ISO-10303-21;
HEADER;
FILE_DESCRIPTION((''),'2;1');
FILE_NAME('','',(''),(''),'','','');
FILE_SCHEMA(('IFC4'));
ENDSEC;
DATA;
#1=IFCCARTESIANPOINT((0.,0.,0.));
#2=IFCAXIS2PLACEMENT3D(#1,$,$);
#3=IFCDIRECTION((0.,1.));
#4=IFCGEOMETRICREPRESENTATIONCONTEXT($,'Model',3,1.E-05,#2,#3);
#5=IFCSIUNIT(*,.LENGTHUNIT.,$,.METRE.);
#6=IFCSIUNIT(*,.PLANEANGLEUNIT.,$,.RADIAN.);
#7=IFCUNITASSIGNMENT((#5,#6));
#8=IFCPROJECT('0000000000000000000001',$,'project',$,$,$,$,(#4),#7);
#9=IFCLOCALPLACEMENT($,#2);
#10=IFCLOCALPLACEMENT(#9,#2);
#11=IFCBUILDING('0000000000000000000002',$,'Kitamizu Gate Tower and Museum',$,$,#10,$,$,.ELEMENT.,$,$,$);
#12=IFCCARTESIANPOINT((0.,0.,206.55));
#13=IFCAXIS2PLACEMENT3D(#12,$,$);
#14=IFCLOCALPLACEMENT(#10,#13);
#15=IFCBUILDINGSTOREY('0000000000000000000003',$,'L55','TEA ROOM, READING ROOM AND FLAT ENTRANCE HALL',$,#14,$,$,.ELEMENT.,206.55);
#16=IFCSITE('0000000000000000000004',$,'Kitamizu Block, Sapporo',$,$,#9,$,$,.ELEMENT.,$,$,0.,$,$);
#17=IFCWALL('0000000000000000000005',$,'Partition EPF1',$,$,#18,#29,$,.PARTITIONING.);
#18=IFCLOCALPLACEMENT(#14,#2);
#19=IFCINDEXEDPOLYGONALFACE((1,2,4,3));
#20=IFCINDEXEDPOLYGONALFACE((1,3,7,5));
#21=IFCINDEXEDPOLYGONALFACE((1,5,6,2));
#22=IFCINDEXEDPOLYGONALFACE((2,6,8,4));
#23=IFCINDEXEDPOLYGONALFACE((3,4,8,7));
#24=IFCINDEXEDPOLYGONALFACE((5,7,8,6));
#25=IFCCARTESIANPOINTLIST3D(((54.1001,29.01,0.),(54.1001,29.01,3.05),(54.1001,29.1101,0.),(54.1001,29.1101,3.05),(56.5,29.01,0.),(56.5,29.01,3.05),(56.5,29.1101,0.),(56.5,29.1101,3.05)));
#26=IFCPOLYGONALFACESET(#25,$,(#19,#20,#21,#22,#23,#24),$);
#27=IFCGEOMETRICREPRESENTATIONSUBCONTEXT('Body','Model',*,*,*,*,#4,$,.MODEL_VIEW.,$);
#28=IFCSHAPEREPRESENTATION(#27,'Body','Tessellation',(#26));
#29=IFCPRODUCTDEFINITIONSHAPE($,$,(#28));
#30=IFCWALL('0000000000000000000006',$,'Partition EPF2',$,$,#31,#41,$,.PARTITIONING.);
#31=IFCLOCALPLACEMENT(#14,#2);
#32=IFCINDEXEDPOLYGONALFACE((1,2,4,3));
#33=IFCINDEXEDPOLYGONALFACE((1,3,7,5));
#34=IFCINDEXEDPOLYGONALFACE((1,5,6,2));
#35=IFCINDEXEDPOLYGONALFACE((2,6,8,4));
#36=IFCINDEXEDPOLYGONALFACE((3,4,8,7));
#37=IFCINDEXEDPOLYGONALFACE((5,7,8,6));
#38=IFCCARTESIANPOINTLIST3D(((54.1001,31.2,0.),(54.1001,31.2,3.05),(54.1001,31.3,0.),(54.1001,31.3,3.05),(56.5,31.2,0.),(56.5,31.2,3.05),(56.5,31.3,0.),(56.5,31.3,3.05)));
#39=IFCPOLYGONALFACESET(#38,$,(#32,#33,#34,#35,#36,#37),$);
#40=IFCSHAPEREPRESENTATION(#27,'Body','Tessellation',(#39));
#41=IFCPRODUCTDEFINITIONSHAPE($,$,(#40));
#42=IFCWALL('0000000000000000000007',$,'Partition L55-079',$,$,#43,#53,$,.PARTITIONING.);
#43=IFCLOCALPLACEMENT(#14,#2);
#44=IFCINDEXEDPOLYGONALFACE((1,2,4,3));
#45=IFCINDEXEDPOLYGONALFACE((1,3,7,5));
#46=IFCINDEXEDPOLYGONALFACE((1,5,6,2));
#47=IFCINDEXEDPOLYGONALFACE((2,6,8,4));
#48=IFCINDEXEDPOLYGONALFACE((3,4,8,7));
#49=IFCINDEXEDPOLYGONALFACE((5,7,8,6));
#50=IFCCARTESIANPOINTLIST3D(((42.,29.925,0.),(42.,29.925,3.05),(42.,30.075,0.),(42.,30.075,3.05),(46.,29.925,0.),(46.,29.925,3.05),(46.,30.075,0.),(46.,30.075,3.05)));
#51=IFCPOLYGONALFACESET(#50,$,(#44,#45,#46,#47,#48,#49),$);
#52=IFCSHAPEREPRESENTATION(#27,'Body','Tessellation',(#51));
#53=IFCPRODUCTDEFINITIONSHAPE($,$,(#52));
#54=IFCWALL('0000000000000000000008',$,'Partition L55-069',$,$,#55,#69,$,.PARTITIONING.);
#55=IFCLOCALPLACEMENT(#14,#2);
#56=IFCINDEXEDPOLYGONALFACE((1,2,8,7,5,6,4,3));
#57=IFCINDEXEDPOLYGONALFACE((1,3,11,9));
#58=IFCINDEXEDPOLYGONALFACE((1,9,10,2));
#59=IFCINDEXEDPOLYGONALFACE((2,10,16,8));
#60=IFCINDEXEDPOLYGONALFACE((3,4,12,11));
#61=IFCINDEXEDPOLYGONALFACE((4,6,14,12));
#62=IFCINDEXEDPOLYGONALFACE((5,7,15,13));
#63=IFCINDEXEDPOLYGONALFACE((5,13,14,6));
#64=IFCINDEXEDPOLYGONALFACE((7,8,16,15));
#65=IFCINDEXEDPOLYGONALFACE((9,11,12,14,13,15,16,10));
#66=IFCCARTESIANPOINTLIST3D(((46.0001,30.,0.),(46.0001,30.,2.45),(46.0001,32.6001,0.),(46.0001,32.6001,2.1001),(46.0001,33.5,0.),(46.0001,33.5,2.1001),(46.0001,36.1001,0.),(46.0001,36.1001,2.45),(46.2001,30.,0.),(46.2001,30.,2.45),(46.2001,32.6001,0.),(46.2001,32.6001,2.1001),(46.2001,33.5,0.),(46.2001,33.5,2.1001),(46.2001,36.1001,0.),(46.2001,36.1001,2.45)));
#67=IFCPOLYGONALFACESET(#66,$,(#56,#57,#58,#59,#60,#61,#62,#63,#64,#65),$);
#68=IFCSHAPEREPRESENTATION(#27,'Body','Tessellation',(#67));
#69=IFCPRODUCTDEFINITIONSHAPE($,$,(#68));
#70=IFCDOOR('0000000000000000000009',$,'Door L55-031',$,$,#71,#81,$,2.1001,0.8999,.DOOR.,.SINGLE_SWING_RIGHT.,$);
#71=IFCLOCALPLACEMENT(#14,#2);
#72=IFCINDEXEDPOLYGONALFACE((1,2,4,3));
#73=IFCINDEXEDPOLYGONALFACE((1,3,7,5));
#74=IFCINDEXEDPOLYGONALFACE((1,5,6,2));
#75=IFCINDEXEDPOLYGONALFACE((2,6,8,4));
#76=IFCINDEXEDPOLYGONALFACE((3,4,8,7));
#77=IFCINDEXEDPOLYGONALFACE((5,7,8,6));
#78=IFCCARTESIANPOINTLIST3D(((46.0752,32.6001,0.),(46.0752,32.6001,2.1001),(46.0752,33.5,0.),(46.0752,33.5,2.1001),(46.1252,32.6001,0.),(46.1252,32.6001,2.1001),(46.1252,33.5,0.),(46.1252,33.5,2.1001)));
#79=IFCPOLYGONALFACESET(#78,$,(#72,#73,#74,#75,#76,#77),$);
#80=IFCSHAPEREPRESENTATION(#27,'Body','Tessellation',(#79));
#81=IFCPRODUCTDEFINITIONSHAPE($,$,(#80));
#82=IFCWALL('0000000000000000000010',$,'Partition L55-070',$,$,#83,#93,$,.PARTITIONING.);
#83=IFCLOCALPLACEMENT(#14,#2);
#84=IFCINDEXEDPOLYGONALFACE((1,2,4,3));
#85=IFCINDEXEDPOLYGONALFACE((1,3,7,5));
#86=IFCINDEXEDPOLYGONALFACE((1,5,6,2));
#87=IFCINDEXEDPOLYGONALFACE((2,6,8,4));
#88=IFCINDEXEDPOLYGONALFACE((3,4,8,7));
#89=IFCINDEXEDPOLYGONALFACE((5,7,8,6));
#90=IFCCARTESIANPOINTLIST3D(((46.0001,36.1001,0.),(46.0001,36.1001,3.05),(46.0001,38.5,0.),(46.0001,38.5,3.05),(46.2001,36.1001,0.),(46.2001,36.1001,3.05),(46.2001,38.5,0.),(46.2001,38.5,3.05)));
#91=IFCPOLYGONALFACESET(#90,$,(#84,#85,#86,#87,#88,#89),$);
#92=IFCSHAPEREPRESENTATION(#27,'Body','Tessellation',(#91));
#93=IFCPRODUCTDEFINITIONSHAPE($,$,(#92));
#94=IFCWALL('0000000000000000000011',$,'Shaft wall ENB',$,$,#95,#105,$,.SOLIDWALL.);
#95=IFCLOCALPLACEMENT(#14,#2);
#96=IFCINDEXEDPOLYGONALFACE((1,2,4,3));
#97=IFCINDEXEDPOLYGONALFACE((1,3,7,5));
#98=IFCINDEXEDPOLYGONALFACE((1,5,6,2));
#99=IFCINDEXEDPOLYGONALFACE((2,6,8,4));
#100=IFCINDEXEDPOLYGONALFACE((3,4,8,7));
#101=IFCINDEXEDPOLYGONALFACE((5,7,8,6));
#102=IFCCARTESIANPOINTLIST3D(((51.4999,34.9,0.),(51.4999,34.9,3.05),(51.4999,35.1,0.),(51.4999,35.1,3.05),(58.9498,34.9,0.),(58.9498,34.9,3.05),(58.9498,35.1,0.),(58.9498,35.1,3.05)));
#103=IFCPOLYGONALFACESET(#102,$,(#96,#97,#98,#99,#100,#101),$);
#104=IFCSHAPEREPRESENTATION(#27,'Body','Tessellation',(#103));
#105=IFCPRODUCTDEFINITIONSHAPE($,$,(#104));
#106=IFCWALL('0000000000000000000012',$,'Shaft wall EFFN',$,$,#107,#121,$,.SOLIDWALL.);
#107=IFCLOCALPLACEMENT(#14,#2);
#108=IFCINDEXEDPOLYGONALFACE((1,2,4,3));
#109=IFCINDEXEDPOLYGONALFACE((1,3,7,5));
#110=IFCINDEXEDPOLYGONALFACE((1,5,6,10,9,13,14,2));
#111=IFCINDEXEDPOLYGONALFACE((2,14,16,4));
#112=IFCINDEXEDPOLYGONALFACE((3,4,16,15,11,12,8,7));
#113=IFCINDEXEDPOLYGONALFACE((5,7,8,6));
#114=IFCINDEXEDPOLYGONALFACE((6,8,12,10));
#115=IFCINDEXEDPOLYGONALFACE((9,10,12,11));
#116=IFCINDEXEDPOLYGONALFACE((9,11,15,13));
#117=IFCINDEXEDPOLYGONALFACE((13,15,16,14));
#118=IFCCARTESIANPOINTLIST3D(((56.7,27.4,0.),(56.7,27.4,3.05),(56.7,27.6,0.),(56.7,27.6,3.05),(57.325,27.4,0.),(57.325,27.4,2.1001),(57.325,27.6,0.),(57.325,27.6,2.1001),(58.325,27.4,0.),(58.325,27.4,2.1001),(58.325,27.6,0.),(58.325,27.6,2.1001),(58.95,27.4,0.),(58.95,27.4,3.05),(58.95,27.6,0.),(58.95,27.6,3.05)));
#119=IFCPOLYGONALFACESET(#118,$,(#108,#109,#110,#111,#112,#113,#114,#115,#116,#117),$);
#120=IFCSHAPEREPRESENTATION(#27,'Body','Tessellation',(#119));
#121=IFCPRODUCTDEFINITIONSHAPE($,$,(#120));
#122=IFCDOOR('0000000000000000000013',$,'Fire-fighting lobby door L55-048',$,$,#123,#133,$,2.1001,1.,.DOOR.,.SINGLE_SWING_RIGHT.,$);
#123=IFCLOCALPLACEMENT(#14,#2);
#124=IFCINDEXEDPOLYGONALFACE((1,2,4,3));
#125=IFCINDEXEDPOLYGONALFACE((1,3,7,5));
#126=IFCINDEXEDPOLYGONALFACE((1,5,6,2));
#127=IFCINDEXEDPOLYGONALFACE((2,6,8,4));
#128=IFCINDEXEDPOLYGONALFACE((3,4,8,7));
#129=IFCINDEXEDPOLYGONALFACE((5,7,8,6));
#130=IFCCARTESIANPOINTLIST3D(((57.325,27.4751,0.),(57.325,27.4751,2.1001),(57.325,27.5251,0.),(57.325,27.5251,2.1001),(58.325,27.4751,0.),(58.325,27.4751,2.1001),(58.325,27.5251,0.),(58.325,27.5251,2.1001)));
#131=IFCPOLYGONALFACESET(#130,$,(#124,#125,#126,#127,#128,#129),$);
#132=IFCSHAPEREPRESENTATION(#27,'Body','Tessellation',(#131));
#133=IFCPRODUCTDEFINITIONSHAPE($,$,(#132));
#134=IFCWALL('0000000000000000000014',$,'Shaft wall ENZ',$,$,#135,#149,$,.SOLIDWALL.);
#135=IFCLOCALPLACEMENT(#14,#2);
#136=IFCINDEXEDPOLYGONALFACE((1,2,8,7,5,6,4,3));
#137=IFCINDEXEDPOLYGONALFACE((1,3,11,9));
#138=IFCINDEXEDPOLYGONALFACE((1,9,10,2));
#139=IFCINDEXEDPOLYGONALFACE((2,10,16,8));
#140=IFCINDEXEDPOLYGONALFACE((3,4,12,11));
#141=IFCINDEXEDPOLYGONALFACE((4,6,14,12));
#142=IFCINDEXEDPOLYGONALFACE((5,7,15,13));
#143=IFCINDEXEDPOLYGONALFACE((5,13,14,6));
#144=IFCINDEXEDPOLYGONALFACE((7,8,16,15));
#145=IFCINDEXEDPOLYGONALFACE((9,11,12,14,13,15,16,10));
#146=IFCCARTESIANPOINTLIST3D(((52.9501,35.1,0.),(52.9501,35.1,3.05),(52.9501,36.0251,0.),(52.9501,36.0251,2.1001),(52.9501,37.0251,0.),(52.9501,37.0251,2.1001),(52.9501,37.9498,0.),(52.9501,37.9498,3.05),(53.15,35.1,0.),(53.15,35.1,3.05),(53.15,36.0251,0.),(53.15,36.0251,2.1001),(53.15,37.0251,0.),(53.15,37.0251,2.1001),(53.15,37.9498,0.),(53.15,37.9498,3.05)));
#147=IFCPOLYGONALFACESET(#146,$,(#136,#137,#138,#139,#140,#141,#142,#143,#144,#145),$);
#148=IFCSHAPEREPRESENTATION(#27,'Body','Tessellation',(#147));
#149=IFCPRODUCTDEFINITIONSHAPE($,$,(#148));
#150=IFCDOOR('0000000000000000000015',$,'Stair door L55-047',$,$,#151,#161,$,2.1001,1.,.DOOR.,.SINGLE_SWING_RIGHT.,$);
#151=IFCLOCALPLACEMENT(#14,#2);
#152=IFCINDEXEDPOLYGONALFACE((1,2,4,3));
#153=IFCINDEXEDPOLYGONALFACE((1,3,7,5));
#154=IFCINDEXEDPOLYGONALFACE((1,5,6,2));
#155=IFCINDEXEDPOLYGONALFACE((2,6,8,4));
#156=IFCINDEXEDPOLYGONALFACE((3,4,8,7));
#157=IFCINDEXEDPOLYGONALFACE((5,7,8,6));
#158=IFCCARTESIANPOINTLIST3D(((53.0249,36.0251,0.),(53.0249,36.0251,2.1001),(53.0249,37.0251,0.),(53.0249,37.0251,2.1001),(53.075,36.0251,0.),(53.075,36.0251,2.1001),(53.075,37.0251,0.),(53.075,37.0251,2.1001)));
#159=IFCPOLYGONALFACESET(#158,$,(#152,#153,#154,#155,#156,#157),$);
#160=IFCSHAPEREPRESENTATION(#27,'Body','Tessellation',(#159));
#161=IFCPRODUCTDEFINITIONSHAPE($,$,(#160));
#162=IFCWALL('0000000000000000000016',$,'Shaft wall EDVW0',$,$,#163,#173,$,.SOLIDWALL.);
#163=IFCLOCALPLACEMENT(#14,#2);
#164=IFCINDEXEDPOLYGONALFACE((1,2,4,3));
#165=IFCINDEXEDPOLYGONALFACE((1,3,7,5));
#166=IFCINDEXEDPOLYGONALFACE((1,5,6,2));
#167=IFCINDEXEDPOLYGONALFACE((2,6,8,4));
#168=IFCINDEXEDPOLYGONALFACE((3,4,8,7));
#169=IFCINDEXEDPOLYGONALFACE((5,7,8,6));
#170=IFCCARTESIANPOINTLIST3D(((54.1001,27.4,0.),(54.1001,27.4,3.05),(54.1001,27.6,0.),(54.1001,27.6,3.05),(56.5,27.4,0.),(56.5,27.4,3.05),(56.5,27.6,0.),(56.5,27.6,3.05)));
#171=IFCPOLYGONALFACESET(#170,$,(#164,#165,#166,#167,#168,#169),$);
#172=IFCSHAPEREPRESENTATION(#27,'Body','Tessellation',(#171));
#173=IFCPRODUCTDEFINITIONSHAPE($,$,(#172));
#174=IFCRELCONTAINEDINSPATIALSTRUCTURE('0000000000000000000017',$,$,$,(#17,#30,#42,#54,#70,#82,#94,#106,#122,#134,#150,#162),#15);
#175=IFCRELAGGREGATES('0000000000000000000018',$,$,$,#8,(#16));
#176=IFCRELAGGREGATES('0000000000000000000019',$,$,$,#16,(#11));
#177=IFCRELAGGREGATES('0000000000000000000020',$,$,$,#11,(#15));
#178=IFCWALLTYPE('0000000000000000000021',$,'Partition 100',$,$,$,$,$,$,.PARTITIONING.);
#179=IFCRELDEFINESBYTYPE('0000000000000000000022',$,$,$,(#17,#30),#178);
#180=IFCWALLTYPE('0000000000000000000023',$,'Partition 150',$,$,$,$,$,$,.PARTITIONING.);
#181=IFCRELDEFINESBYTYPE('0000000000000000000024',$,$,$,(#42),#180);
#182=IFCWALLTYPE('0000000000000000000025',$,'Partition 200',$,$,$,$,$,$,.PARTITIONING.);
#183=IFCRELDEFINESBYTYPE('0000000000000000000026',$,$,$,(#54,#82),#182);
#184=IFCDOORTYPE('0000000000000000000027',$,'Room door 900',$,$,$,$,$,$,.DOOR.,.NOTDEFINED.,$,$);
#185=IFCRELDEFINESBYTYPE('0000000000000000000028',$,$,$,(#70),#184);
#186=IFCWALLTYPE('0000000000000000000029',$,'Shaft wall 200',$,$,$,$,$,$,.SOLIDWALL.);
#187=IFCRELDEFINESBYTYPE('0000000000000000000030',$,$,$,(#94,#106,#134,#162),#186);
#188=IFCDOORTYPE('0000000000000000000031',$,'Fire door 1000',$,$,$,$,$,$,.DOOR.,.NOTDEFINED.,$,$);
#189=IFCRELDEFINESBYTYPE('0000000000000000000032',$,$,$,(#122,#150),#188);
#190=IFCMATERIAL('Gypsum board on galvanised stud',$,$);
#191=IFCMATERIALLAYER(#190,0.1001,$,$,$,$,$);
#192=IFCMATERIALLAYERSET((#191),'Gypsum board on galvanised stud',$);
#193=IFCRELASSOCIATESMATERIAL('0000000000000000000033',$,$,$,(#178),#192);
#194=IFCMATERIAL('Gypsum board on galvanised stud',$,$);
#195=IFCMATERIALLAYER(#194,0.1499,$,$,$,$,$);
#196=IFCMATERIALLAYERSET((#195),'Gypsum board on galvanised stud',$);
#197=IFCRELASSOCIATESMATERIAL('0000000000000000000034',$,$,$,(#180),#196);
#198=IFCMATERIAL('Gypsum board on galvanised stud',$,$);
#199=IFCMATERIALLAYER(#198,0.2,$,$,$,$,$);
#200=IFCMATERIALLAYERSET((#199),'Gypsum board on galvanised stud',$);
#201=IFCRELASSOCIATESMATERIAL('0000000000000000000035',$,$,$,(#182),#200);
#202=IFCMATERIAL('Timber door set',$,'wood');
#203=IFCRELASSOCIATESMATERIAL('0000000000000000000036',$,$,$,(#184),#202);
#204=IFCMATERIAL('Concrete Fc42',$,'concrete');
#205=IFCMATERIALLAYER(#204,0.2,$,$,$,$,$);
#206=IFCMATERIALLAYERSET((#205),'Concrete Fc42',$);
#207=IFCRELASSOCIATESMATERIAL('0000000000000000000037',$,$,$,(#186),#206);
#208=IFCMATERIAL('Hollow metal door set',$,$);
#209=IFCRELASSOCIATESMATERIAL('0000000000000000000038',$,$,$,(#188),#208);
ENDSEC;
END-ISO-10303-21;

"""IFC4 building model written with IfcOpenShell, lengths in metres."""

from ifc_helpers import new_model, si_unit, direction, frame, frame_2d, origin, place, context, subcontext, project, spatial, rectangle, extrude, material, layer, layer_set, type_object, element, fill, save


model = new_model("IFC4")

# Units and contexts
model_context = context("Model", 3, precision=1e-05, world=origin(), true_north=direction((0.0, 1.0)))
body_context = subcontext(model_context, "Body", "Model", "MODEL_VIEW")
ifc_project = project(units=[si_unit("LENGTHUNIT", "METRE"), si_unit("PLANEANGLEUNIT", "RADIAN")], contexts=[model_context])

# Site, building, storey
site_placement = place(None, origin())
site = spatial("IfcSite", under=ifc_project, at=site_placement, Name="Kitamizu Block, Sapporo", CompositionType="ELEMENT", RefElevation=0.0)
building_placement = place(site_placement, origin())
building = spatial("IfcBuilding", under=site, at=building_placement, Name="Kitamizu Gate Tower and Museum", CompositionType="ELEMENT")
storey_placement = place(building_placement, frame((0.0, 0.0, 206.55)))
storey = spatial("IfcBuildingStorey", under=building, at=storey_placement, Name="L55", Description="TEA ROOM, READING ROOM AND FLAT ENTRANCE HALL", CompositionType="ELEMENT", Elevation=206.55)

# Walls
ifc_material_1 = material(Name="Gypsum board on galvanised stud")
ifc_layer_1 = layer(ifc_material_1, 0.1001)
ifc_layer_set_1 = layer_set([ifc_layer_1], Name="Gypsum board on galvanised stud")
wall_type_1 = type_object("IfcWallType", Name="Partition 100", PredefinedType="PARTITIONING", material=ifc_layer_set_1)
for number, where, z_axis, x_axis, name in (
    (1, (56.5, 29.0601, 0.0), (0.0, 0.0, 1.0), (-1.0, 0.0, 0.0), "Partition EPF1"),
    (2, (56.5, 31.25, 0.0), (0.0, 0.0, 1.0), (-1.0, 0.0, 0.0), "Partition EPF2"),
):
    element("IfcWall", number, at=place(storey_placement, frame(where, z_axis=z_axis, x_axis=x_axis)), inside=storey, type_object=wall_type_1, Name=name, PredefinedType="PARTITIONING", context=body_context, shape_type="SweptSolid", body=[
        extrude(rectangle(XDim=2.3999, YDim=0.1001, at=frame_2d((1.2, 0.0))), origin(), (0.0, 0.0, 1.0), 3.05),
    ])
ifc_material_2 = material(Name="Gypsum board on galvanised stud")
ifc_layer_2 = layer(ifc_material_2, 0.1499)
ifc_layer_set_2 = layer_set([ifc_layer_2], Name="Gypsum board on galvanised stud")
wall_type_2 = type_object("IfcWallType", Name="Partition 150", PredefinedType="PARTITIONING", material=ifc_layer_set_2)
wall_1_placement = place(storey_placement, frame((46.0, 30.0, 0.0), z_axis=(0.0, 0.0, 1.0), x_axis=(-1.0, 0.0, 0.0)))
element("IfcWall", 3, at=wall_1_placement, inside=storey, type_object=wall_type_2, Name="Partition L55-079", PredefinedType="PARTITIONING", context=body_context, shape_type="SweptSolid", body=[
    extrude(rectangle(XDim=4.0, YDim=0.1499, at=frame_2d((2.0, 0.0))), origin(), (0.0, 0.0, 1.0), 3.05),
])

# Wall, opening, door
ifc_material_3 = material(Name="Gypsum board on galvanised stud")
ifc_layer_3 = layer(ifc_material_3, 0.2)
ifc_layer_set_3 = layer_set([ifc_layer_3], Name="Gypsum board on galvanised stud")
wall_type_3 = type_object("IfcWallType", Name="Partition 200", PredefinedType="PARTITIONING", material=ifc_layer_set_3)
wall_2_placement = place(storey_placement, frame((46.1001, 30.0, 0.0), z_axis=(0.0, 0.0, 1.0), x_axis=(0.0, 1.0, 0.0)))
wall_2 = element("IfcWall", 4, at=wall_2_placement, inside=storey, type_object=wall_type_3, Name="Partition L55-069", PredefinedType="PARTITIONING", context=body_context, shape_type="SweptSolid", body=[
    extrude(rectangle(XDim=6.1001, YDim=0.2, at=frame_2d((3.05, 0.0))), origin(), (0.0, 0.0, 1.0), 2.45),
])
opening_1_placement = place(wall_2_placement, frame((2.6001, 0.0, 0.0)))
opening_1 = element("IfcOpeningElement", 5, at=opening_1_placement, cuts=wall_2, PredefinedType="OPENING", context=body_context, shape_type="SweptSolid", body=[
    extrude(rectangle(XDim=0.8999, YDim=2.1001, at=frame_2d((0.45, 1.05))), frame((0.0, 0.1099, 0.0), z_axis=(0.0, -1.0, 0.0), x_axis=(1.0, 0.0, 0.0)), (0.0, 0.0, 1.0), 0.22),
])
ifc_material_4 = material(Name="Timber door set", Category="wood")
door_type_1 = type_object("IfcDoorType", Name="Room door 900", OperationType="NOTDEFINED", PredefinedType="DOOR", material=ifc_material_4)
door_1_placement = place(opening_1_placement, origin())
door_1 = element("IfcDoor", 6, at=door_1_placement, inside=storey, type_object=door_type_1, Name="Door L55-031", OperationType="SINGLE_SWING_RIGHT", OverallHeight=2.1001, OverallWidth=0.8999, PredefinedType="DOOR", context=body_context, shape_type="SweptSolid", body=[
    extrude(rectangle(XDim=0.8999, YDim=2.1001, at=frame_2d((0.45, 1.05))), frame((0.0, 0.0249, 0.0), z_axis=(0.0, -1.0, 0.0), x_axis=(1.0, 0.0, 0.0)), (0.0, 0.0, 1.0), 0.05),
])
fill(opening_1, door_1)

# Walls
wall_3_placement = place(storey_placement, frame((46.1001, 36.1001, 0.0), z_axis=(0.0, 0.0, 1.0), x_axis=(0.0, 1.0, 0.0)))
element("IfcWall", 7, at=wall_3_placement, inside=storey, type_object=wall_type_3, Name="Partition L55-070", PredefinedType="PARTITIONING", context=body_context, shape_type="SweptSolid", body=[
    extrude(rectangle(XDim=2.3999, YDim=0.2, at=frame_2d((1.2, 0.0))), origin(), (0.0, 0.0, 1.0), 3.05),
])
ifc_material_5 = material(Name="Concrete Fc42", Category="concrete")
ifc_layer_4 = layer(ifc_material_5, 0.2)
ifc_layer_set_4 = layer_set([ifc_layer_4], Name="Concrete Fc42")
wall_type_4 = type_object("IfcWallType", Name="Shaft wall 200", PredefinedType="SOLIDWALL", material=ifc_layer_set_4)
wall_4_placement = place(storey_placement, frame((58.95, 35.0, 0.0), z_axis=(0.0, 0.0, 1.0), x_axis=(-1.0, 0.0, 0.0)))
element("IfcWall", 8, at=wall_4_placement, inside=storey, type_object=wall_type_4, Name="Shaft wall ENB", PredefinedType="SOLIDWALL", context=body_context, shape_type="SweptSolid", body=[
    extrude(rectangle(XDim=7.45, YDim=0.2, at=frame_2d((3.7251, 0.0))), origin(), (0.0, 0.0, 1.0), 3.05),
])

# Walls, openings, doors
wall_5_placement = place(storey_placement, frame((58.95, 27.5, 0.0), z_axis=(0.0, 0.0, 1.0), x_axis=(-1.0, 0.0, 0.0)))
wall_5 = element("IfcWall", 9, at=wall_5_placement, inside=storey, type_object=wall_type_4, Name="Shaft wall EFFN", PredefinedType="SOLIDWALL", context=body_context, shape_type="SweptSolid", body=[
    extrude(rectangle(XDim=2.25, YDim=0.2, at=frame_2d((1.125, 0.0))), origin(), (0.0, 0.0, 1.0), 3.05),
])
opening_2_placement = place(wall_5_placement, frame((0.625, 0.0, 0.0)))
opening_2 = element("IfcOpeningElement", 10, at=opening_2_placement, cuts=wall_5, PredefinedType="OPENING", context=body_context, shape_type="SweptSolid", body=[
    extrude(rectangle(XDim=1.0, YDim=2.1001, at=frame_2d((0.5, 1.05))), frame((0.0, 0.1099, 0.0), z_axis=(0.0, -1.0, 0.0), x_axis=(1.0, 0.0, 0.0)), (0.0, 0.0, 1.0), 0.22),
])
ifc_material_6 = material(Name="Hollow metal door set")
door_type_2 = type_object("IfcDoorType", Name="Fire door 1000", OperationType="NOTDEFINED", PredefinedType="DOOR", material=ifc_material_6)
door_2_placement = place(opening_2_placement, origin())
door_2 = element("IfcDoor", 11, at=door_2_placement, inside=storey, type_object=door_type_2, Name="Fire-fighting lobby door L55-048", OperationType="SINGLE_SWING_RIGHT", OverallHeight=2.1001, OverallWidth=1.0, PredefinedType="DOOR", context=body_context, shape_type="SweptSolid", body=[
    extrude(rectangle(XDim=1.0, YDim=2.1001, at=frame_2d((0.5, 1.05))), frame((0.0, 0.0249, 0.0), z_axis=(0.0, -1.0, 0.0), x_axis=(1.0, 0.0, 0.0)), (0.0, 0.0, 1.0), 0.05),
])
fill(opening_2, door_2)
wall_6_placement = place(storey_placement, frame((53.05, 35.1001, 0.0), z_axis=(0.0, 0.0, 1.0), x_axis=(0.0, 1.0, 0.0)))
wall_6 = element("IfcWall", 12, at=wall_6_placement, inside=storey, type_object=wall_type_4, Name="Shaft wall ENZ", PredefinedType="SOLIDWALL", context=body_context, shape_type="SweptSolid", body=[
    extrude(rectangle(XDim=2.8499, YDim=0.2, at=frame_2d((1.4248, 0.0))), origin(), (0.0, 0.0, 1.0), 3.05),
])
opening_3_placement = place(wall_6_placement, frame((0.925, 0.0, 0.0)))
opening_3 = element("IfcOpeningElement", 13, at=opening_3_placement, cuts=wall_6, PredefinedType="OPENING", context=body_context, shape_type="SweptSolid", body=[
    extrude(rectangle(XDim=1.0, YDim=2.1001, at=frame_2d((0.5, 1.05))), frame((0.0, 0.1099, 0.0), z_axis=(0.0, -1.0, 0.0), x_axis=(1.0, 0.0, 0.0)), (0.0, 0.0, 1.0), 0.22),
])
door_3_placement = place(opening_3_placement, frame((1.0, 0.0, 0.0), x_axis=(-1.0, 0.0, 0.0)))
door_3 = element("IfcDoor", 14, at=door_3_placement, inside=storey, type_object=door_type_2, Name="Stair door L55-047", OperationType="SINGLE_SWING_RIGHT", OverallHeight=2.1001, OverallWidth=1.0, PredefinedType="DOOR", context=body_context, shape_type="SweptSolid", body=[
    extrude(rectangle(XDim=1.0, YDim=2.1001, at=frame_2d((0.5, 1.05))), frame((0.0, 0.0249, 0.0), z_axis=(0.0, -1.0, 0.0), x_axis=(1.0, 0.0, 0.0)), (0.0, 0.0, 1.0), 0.05),
])
fill(opening_3, door_3)

# Wall
for number, where, z_axis, x_axis, name in (
    (15, (56.5, 27.5, 0.0), (0.0, 0.0, 1.0), (-1.0, 0.0, 0.0), "Shaft wall EDVW0"),
):
    element("IfcWall", number, at=place(storey_placement, frame(where, z_axis=z_axis, x_axis=x_axis)), inside=storey, type_object=wall_type_4, Name=name, PredefinedType="SOLIDWALL", context=body_context, shape_type="SweptSolid", body=[
        extrude(rectangle(XDim=2.3999, YDim=0.2, at=frame_2d((1.2, 0.0))), origin(), (0.0, 0.0, 1.0), 3.05),
    ])

save(model, "model.ifc")
